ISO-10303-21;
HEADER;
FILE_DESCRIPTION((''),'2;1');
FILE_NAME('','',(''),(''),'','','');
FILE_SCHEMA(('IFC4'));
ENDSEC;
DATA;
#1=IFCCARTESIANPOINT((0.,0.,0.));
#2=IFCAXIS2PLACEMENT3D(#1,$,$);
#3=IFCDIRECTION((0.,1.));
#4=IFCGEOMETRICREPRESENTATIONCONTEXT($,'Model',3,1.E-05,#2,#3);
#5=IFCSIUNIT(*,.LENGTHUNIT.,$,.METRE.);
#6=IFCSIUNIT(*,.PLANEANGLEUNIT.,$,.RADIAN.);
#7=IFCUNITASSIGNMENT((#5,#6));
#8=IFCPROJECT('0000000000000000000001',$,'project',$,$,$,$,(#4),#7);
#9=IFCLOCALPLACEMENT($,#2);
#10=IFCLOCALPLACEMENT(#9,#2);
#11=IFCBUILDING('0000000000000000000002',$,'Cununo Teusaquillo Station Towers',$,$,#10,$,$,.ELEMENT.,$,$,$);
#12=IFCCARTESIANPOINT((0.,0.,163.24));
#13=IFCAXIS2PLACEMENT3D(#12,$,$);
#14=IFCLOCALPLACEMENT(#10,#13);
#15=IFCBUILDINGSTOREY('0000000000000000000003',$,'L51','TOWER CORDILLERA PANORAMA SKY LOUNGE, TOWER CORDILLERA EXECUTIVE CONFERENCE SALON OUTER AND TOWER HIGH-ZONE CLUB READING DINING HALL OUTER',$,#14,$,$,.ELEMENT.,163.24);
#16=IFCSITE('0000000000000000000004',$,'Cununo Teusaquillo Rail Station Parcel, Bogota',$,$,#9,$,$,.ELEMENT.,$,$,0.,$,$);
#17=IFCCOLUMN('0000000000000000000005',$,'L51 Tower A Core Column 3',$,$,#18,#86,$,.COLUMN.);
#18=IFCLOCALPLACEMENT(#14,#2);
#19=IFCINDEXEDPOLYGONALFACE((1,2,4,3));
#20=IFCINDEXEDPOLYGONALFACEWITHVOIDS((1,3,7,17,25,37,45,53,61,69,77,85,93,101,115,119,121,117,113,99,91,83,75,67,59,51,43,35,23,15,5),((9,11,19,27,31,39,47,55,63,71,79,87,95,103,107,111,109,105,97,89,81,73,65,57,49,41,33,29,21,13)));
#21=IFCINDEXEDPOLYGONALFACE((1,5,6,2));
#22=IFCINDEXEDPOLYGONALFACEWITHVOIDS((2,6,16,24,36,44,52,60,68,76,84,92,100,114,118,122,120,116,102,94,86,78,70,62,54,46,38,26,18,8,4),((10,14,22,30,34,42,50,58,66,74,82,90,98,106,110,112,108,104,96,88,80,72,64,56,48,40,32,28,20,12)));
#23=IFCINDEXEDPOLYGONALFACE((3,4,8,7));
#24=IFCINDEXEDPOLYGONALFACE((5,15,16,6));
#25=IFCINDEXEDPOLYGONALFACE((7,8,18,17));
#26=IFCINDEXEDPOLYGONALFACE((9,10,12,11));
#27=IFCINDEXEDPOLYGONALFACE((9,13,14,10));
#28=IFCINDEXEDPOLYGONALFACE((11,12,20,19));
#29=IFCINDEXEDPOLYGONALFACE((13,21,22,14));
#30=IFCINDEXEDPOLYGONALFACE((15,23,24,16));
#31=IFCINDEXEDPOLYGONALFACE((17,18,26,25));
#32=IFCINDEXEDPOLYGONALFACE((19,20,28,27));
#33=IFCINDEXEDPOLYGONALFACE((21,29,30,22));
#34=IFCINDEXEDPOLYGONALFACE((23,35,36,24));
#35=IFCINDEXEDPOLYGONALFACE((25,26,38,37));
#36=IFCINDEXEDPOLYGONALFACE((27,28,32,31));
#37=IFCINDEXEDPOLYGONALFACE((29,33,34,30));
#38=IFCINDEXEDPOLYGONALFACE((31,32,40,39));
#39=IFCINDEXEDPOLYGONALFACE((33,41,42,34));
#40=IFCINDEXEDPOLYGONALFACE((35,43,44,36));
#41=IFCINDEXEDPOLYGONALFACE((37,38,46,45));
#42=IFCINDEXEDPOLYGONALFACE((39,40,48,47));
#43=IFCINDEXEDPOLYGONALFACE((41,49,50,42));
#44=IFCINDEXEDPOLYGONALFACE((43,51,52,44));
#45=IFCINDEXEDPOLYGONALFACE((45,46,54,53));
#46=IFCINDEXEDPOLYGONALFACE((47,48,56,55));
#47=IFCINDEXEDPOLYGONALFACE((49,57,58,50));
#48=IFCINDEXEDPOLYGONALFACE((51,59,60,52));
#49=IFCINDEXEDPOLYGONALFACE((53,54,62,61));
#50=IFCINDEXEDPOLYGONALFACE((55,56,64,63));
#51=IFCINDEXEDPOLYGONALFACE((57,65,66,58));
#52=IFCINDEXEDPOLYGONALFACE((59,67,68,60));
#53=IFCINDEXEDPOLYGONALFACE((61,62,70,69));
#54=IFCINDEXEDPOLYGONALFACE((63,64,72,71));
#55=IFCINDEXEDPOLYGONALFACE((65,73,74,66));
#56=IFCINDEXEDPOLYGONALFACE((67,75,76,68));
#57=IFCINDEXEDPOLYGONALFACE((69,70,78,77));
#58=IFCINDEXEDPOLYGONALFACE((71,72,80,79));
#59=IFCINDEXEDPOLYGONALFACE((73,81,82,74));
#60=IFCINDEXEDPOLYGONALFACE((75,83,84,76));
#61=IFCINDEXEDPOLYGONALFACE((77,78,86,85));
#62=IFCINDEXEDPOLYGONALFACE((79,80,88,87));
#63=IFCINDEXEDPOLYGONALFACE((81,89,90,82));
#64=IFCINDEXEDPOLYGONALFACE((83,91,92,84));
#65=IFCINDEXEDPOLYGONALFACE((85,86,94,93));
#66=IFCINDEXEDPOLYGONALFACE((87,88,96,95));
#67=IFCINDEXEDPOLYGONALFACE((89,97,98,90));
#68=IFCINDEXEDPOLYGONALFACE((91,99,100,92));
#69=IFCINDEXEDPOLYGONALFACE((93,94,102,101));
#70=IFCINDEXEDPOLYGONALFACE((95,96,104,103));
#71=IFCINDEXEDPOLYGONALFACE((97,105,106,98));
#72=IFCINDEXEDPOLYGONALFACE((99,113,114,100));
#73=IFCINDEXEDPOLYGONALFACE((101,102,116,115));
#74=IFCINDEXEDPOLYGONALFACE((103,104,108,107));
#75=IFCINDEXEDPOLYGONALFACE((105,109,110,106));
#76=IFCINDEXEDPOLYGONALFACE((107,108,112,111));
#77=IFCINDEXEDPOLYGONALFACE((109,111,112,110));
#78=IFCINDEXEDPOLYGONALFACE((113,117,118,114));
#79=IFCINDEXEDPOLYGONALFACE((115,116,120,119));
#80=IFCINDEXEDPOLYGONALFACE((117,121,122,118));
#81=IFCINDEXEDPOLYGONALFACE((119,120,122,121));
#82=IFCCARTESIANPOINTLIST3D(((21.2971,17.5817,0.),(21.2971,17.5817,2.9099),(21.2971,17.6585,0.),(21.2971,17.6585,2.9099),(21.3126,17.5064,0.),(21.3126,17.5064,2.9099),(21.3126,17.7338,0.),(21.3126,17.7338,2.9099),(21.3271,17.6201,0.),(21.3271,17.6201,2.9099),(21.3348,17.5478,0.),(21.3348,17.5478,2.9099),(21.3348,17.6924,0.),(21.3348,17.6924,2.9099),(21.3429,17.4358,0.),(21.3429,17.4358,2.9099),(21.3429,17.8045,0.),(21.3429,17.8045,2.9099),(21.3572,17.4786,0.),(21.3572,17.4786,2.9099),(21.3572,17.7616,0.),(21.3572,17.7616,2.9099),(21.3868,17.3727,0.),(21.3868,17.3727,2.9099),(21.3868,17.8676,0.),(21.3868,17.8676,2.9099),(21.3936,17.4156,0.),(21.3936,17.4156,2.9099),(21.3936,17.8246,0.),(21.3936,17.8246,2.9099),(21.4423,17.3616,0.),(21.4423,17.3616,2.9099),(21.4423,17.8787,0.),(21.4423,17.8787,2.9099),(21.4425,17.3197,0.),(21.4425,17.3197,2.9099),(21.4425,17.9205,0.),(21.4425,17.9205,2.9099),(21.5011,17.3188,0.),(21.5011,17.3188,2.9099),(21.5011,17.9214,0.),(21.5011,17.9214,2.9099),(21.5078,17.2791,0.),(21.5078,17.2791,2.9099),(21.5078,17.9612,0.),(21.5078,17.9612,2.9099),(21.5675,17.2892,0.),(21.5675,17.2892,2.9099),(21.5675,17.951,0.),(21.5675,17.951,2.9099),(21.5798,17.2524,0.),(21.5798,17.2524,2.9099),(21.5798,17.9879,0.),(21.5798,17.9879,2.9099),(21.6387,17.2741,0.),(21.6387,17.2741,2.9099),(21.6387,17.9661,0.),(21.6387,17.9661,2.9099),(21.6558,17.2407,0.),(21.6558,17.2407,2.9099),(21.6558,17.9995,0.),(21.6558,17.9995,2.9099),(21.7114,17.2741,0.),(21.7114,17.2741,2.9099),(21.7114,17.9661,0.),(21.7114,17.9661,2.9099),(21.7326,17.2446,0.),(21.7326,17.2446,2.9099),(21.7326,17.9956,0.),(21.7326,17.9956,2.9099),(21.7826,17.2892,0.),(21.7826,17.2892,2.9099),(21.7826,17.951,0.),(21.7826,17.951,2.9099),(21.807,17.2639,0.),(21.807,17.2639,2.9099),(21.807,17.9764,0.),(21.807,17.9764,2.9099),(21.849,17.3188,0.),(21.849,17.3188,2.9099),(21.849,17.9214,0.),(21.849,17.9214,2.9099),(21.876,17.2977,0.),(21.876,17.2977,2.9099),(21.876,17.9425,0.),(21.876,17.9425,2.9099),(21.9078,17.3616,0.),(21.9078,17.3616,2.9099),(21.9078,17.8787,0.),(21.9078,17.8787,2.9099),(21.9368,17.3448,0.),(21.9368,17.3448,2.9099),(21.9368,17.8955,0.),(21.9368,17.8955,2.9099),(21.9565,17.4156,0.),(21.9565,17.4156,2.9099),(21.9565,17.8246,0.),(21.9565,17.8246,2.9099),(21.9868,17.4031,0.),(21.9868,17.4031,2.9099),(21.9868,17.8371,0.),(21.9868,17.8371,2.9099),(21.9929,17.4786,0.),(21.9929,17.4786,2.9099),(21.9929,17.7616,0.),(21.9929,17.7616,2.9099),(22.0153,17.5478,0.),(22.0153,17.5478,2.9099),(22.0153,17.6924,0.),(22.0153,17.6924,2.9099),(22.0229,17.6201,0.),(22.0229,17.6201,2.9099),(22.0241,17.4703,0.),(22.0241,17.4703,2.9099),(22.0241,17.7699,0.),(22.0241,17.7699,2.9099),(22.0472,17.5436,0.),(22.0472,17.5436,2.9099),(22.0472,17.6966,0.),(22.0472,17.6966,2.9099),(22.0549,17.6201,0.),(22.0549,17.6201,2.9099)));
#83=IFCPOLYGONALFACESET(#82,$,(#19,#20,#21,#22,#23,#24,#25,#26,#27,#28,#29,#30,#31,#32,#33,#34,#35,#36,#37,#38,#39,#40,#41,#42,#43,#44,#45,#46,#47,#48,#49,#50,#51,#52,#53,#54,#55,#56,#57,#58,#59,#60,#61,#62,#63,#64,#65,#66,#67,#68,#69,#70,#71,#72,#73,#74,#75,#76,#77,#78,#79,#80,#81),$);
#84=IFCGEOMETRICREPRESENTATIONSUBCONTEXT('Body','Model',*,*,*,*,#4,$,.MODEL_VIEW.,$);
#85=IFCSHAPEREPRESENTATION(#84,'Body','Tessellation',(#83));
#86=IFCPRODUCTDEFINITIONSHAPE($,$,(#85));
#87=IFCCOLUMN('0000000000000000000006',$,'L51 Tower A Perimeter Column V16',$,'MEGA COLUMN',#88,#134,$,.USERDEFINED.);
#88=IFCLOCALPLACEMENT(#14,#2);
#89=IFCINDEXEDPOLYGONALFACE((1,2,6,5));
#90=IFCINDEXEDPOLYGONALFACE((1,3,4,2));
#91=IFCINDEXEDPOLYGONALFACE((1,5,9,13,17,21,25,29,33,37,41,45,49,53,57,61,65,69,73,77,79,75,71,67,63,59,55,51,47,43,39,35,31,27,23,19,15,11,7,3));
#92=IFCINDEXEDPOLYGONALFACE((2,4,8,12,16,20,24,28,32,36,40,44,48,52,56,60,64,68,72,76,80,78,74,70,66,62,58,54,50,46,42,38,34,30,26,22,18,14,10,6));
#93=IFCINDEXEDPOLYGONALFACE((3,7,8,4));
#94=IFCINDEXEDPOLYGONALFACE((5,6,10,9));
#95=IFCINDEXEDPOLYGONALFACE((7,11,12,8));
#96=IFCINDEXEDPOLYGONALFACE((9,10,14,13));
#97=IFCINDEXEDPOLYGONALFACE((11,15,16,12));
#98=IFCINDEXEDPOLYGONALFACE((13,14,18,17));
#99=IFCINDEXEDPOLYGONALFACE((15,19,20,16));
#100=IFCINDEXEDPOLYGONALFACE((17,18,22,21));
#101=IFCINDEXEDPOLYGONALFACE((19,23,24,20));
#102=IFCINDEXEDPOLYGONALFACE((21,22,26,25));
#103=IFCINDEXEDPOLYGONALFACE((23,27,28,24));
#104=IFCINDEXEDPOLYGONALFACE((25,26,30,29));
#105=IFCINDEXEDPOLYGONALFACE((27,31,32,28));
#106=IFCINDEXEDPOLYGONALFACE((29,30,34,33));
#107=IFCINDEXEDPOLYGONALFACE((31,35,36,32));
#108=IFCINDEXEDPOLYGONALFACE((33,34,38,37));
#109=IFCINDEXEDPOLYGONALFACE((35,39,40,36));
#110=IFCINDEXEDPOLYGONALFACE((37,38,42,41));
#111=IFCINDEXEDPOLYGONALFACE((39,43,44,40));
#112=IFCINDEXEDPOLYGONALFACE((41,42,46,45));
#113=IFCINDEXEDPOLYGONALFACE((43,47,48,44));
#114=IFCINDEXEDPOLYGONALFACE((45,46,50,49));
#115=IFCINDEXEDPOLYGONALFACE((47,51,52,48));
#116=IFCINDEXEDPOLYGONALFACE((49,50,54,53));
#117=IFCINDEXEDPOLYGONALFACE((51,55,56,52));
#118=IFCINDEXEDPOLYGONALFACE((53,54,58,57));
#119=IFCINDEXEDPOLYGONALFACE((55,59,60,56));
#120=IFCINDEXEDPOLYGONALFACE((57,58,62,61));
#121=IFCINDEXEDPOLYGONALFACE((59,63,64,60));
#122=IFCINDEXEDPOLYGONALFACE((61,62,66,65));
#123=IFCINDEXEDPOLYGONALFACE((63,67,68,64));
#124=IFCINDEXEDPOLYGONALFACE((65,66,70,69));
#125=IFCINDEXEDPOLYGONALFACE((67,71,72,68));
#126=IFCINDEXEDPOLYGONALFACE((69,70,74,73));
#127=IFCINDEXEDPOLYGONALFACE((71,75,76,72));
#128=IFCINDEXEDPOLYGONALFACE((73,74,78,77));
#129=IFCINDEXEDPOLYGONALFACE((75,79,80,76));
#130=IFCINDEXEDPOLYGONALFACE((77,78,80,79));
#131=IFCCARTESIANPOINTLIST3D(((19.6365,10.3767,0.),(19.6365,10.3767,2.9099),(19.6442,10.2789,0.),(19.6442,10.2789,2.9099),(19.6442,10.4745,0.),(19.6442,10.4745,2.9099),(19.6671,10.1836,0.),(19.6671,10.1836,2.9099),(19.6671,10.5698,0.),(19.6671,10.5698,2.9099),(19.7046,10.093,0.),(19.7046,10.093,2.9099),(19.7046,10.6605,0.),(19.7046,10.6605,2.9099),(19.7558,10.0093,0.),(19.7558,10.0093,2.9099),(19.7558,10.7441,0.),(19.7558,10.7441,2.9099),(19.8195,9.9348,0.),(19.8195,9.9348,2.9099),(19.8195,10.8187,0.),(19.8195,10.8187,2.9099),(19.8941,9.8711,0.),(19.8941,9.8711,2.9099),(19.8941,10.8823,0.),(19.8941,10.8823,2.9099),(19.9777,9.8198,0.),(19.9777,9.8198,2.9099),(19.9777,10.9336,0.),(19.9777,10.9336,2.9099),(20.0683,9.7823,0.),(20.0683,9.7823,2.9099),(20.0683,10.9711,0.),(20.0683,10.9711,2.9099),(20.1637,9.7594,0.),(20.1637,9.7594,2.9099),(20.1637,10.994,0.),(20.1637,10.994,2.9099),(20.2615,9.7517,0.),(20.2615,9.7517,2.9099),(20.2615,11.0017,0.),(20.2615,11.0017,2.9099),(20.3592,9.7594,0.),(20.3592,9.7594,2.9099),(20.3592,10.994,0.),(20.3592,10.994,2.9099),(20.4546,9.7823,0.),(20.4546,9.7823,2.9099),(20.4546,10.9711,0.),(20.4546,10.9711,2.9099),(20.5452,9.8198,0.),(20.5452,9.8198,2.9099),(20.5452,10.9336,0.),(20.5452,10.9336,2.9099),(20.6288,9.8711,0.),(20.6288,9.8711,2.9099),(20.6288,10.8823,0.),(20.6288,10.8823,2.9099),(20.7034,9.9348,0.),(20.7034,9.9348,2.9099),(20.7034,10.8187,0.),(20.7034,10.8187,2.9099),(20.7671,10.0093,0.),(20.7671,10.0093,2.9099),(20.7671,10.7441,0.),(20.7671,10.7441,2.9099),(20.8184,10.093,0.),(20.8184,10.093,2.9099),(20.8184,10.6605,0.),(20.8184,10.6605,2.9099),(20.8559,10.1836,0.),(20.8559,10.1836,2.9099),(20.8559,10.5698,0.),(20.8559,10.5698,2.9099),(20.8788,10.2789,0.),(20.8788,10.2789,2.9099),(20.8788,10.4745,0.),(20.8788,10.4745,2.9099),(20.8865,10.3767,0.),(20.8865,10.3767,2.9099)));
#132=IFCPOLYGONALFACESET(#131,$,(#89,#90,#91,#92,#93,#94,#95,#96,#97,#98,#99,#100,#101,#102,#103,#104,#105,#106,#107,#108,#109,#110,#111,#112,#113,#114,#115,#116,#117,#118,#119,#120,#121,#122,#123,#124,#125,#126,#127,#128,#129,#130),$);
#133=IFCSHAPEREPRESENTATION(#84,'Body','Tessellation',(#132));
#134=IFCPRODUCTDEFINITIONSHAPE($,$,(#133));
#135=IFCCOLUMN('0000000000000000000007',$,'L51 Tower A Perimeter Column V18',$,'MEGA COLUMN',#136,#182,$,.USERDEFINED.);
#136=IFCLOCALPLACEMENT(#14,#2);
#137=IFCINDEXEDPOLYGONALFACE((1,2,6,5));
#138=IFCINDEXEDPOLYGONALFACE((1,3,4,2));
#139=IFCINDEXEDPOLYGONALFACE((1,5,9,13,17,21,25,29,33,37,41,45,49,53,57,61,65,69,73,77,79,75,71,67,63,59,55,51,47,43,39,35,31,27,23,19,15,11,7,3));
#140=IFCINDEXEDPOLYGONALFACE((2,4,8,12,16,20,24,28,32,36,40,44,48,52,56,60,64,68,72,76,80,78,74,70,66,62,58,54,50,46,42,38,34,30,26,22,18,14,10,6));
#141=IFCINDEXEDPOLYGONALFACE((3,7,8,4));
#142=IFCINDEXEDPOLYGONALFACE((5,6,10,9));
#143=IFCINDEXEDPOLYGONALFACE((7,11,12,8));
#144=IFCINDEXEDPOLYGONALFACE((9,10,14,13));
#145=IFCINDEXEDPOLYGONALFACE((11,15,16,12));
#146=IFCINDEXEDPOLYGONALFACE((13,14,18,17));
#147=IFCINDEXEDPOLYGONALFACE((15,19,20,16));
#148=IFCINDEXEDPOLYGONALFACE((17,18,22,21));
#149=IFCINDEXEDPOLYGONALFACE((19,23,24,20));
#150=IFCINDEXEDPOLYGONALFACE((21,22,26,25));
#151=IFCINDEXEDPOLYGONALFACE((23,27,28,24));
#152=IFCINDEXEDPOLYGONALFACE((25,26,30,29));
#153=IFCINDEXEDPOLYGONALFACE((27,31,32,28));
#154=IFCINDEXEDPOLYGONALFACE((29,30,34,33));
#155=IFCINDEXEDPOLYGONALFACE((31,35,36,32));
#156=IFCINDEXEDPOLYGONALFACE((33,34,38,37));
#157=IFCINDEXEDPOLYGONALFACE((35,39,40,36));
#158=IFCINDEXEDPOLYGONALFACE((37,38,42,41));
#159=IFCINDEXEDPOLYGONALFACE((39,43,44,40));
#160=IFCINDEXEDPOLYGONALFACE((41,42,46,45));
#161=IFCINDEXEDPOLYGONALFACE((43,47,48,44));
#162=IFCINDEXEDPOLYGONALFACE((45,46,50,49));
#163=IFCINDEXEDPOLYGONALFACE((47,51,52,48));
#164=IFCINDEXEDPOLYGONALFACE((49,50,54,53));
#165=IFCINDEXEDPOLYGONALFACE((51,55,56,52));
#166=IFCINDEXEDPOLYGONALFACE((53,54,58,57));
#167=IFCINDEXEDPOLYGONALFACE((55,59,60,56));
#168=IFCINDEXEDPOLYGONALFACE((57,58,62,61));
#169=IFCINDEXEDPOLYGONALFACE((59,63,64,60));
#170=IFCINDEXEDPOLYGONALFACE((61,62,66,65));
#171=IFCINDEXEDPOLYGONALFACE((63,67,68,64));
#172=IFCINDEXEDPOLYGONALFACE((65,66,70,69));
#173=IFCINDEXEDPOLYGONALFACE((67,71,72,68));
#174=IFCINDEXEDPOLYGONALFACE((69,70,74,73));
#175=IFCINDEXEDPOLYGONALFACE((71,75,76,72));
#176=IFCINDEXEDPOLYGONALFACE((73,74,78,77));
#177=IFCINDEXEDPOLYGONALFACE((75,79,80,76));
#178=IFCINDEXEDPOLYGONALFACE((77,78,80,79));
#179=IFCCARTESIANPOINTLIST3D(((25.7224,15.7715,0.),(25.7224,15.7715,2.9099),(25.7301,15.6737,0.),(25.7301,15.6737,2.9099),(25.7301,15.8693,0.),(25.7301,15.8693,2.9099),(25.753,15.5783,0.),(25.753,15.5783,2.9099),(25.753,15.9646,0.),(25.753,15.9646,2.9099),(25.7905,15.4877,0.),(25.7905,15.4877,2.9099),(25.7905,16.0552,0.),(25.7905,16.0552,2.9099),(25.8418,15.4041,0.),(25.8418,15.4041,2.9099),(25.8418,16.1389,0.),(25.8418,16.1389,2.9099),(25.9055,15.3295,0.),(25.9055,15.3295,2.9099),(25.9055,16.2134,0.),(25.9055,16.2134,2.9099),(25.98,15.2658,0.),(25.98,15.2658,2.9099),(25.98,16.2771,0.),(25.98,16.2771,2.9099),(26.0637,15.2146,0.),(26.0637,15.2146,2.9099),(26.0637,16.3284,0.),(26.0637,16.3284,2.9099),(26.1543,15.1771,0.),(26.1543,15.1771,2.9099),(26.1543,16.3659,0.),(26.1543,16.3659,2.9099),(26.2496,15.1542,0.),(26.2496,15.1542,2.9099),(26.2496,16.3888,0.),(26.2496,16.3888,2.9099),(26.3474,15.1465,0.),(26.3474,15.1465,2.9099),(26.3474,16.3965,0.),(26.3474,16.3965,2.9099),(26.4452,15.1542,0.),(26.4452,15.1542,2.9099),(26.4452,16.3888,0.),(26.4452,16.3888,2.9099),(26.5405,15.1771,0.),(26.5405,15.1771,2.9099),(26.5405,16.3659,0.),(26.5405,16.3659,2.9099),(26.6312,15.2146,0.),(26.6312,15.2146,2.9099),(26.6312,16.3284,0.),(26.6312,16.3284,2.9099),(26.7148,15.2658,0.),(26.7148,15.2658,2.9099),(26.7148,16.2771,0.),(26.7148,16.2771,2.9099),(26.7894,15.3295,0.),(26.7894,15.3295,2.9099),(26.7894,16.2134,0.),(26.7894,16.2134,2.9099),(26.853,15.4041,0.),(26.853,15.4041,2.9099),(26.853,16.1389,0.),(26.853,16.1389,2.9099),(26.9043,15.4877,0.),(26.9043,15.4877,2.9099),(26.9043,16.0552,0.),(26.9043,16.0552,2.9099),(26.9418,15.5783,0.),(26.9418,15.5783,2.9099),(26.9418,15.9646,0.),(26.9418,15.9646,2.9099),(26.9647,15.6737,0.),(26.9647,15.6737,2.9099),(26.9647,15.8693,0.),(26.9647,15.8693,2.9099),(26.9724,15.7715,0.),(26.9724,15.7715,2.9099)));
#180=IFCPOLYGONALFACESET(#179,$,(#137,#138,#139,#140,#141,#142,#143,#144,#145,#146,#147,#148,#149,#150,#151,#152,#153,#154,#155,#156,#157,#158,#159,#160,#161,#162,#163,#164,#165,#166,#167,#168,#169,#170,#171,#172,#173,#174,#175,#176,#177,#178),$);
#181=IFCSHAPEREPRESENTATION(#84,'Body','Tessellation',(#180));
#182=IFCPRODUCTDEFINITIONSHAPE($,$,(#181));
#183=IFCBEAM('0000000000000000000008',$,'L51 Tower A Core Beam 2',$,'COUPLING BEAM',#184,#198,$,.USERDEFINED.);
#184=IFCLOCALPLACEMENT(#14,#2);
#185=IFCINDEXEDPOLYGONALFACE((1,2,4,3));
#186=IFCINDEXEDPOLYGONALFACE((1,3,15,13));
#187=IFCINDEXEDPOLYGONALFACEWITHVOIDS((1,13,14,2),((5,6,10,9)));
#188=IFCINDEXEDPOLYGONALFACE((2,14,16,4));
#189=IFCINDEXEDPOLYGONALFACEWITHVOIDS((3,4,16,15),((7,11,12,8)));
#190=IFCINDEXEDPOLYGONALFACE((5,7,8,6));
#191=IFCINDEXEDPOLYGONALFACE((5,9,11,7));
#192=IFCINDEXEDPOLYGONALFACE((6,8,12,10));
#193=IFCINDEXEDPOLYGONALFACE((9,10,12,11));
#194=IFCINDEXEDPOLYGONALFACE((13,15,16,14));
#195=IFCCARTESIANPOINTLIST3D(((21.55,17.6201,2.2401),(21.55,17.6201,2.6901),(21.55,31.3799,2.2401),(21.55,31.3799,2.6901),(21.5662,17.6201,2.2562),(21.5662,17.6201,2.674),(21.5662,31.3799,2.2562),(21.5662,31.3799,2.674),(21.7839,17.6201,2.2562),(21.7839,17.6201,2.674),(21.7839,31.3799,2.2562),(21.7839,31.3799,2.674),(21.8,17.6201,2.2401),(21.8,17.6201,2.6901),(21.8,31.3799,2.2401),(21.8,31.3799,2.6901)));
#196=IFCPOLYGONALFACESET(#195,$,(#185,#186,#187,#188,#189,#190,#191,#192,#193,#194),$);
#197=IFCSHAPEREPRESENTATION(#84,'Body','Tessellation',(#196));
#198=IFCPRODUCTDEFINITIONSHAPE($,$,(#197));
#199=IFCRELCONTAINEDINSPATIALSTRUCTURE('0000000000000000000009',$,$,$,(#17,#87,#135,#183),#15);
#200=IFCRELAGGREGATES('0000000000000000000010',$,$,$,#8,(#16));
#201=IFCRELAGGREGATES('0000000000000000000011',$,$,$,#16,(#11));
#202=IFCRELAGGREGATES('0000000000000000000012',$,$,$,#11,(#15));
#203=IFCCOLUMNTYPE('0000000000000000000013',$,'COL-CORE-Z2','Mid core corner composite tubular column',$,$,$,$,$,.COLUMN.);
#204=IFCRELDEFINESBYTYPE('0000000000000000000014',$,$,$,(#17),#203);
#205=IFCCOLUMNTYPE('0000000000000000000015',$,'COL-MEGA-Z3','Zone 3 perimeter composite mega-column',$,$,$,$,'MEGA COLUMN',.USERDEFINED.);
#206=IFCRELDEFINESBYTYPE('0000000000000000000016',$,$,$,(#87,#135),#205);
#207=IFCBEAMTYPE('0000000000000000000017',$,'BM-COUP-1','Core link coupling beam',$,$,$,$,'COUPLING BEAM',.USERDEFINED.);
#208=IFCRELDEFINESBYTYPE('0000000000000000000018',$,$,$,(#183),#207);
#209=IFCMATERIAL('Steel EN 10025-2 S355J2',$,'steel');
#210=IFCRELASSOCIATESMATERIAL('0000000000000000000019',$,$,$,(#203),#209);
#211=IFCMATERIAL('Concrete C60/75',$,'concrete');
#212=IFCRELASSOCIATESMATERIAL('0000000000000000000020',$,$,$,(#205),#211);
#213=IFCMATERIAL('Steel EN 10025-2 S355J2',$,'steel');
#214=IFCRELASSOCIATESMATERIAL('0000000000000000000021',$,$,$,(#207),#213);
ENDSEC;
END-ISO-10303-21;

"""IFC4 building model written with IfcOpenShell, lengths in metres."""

from ifc_helpers import new_model, si_unit, direction, frame, origin, origin_2d, place, context, subcontext, project, spatial, hollow_rectangle, circle, hollow_circle, extrude, material, material_profile, profile_set, type_object, element, save


model = new_model("IFC4")

# Units and contexts
model_context = context("Model", 3, precision=1e-05, world=origin(), true_north=direction((0.0, 1.0)))
body_context = subcontext(model_context, "Body", "Model", "MODEL_VIEW")
ifc_project = project(units=[si_unit("LENGTHUNIT", "METRE"), si_unit("PLANEANGLEUNIT", "RADIAN")], contexts=[model_context])

# Site, building, storey
site_placement = place(None, origin())
site = spatial("IfcSite", under=ifc_project, at=site_placement, Name="Cununo Teusaquillo Rail Station Parcel, Bogota", CompositionType="ELEMENT", RefElevation=0.0)
building_placement = place(site_placement, origin())
building = spatial("IfcBuilding", under=site, at=building_placement, Name="Cununo Teusaquillo Station Towers", CompositionType="ELEMENT")
storey_placement = place(building_placement, frame((0.0, 0.0, 163.24)))
storey = spatial("IfcBuildingStorey", under=building, at=storey_placement, Name="L51", Description="TOWER CORDILLERA PANORAMA SKY LOUNGE, TOWER CORDILLERA EXECUTIVE CONFERENCE SALON OUTER AND TOWER HIGH-ZONE CLUB READING DINING HALL OUTER", CompositionType="ELEMENT", Elevation=163.24)

# Columns
ifc_material_1 = material(Name="Steel EN 10025-2 S355J2", Category="steel")
ifc_material_profile_1 = material_profile(ifc_material_1, hollow_circle(Radius=0.3799, WallThickness=0.032, at=origin_2d()), Name="CHS 760x32")
ifc_profile_set_1 = profile_set([ifc_material_profile_1], Name="Steel EN 10025-2 S355J2")
column_type_1 = type_object("IfcColumnType", Name="COL-CORE-Z2", Description="Mid core corner composite tubular column", PredefinedType="COLUMN", material=ifc_profile_set_1)
column_placement = place(storey_placement, frame((21.675, 17.6201, 0.0), z_axis=(0.0, 0.0, 1.0), x_axis=(1.0, 0.0, 0.0)))
element("IfcColumn", 1, at=column_placement, inside=storey, type_object=column_type_1, Name="L51 Tower A Core Column 3", PredefinedType="COLUMN", context=body_context, shape_type="SweptSolid", body=[
    extrude(hollow_circle(Radius=0.3799, WallThickness=0.032, at=origin_2d()), origin(), (0.0, 0.0, 1.0), 2.9099),
])
ifc_material_2 = material(Name="Concrete C60/75", Category="concrete")
ifc_material_profile_2 = material_profile(ifc_material_2, circle(Radius=0.625, at=origin_2d()), Name="RC-CIRC-1250")
ifc_profile_set_2 = profile_set([ifc_material_profile_2], Name="Concrete C60/75")
column_type_2 = type_object("IfcColumnType", Name="COL-MEGA-Z3", Description="Zone 3 perimeter composite mega-column", ElementType="MEGA COLUMN", PredefinedType="USERDEFINED", material=ifc_profile_set_2)
for number, where, z_axis, x_axis, name in (
    (2, (20.2615, 10.3767, 0.0), (0.0, 0.0, 1.0), (1.0, 0.0, 0.0), "L51 Tower A Perimeter Column V16"),
    (3, (26.3474, 15.7715, 0.0), (0.0, 0.0, 1.0), (1.0, 0.0, 0.0), "L51 Tower A Perimeter Column V18"),
):
    element("IfcColumn", number, at=place(storey_placement, frame(where, z_axis=z_axis, x_axis=x_axis)), inside=storey, type_object=column_type_2, Name=name, ObjectType="MEGA COLUMN", PredefinedType="USERDEFINED", context=body_context, shape_type="SweptSolid", body=[
        extrude(circle(Radius=0.625, at=origin_2d()), origin(), (0.0, 0.0, 1.0), 2.9099),
    ])

# Beam
ifc_material_3 = material(Name="Steel EN 10025-2 S355J2", Category="steel")
ifc_material_profile_3 = material_profile(ifc_material_3, hollow_rectangle(XDim=0.25, YDim=0.45, WallThickness=0.0161, at=origin_2d()), Name="RHS 450x250x16")
ifc_profile_set_3 = profile_set([ifc_material_profile_3], Name="Steel EN 10025-2 S355J2")
beam_type_1 = type_object("IfcBeamType", Name="BM-COUP-1", Description="Core link coupling beam", ElementType="COUPLING BEAM", PredefinedType="USERDEFINED", material=ifc_profile_set_3)
beam_1_placement = place(storey_placement, frame((21.675, 17.6201, 2.4651), z_axis=(0.0, 1.0, 0.0), x_axis=(-1.0, 0.0, 0.0)))
element("IfcBeam", 4, at=beam_1_placement, inside=storey, type_object=beam_type_1, Name="L51 Tower A Core Beam 2", ObjectType="COUPLING BEAM", PredefinedType="USERDEFINED", context=body_context, shape_type="SweptSolid", body=[
    extrude(hollow_rectangle(XDim=0.25, YDim=0.45, WallThickness=0.0161, at=origin_2d()), origin(), (0.0, 0.0, 1.0), 13.7598),
])

save(model, "model.ifc")
